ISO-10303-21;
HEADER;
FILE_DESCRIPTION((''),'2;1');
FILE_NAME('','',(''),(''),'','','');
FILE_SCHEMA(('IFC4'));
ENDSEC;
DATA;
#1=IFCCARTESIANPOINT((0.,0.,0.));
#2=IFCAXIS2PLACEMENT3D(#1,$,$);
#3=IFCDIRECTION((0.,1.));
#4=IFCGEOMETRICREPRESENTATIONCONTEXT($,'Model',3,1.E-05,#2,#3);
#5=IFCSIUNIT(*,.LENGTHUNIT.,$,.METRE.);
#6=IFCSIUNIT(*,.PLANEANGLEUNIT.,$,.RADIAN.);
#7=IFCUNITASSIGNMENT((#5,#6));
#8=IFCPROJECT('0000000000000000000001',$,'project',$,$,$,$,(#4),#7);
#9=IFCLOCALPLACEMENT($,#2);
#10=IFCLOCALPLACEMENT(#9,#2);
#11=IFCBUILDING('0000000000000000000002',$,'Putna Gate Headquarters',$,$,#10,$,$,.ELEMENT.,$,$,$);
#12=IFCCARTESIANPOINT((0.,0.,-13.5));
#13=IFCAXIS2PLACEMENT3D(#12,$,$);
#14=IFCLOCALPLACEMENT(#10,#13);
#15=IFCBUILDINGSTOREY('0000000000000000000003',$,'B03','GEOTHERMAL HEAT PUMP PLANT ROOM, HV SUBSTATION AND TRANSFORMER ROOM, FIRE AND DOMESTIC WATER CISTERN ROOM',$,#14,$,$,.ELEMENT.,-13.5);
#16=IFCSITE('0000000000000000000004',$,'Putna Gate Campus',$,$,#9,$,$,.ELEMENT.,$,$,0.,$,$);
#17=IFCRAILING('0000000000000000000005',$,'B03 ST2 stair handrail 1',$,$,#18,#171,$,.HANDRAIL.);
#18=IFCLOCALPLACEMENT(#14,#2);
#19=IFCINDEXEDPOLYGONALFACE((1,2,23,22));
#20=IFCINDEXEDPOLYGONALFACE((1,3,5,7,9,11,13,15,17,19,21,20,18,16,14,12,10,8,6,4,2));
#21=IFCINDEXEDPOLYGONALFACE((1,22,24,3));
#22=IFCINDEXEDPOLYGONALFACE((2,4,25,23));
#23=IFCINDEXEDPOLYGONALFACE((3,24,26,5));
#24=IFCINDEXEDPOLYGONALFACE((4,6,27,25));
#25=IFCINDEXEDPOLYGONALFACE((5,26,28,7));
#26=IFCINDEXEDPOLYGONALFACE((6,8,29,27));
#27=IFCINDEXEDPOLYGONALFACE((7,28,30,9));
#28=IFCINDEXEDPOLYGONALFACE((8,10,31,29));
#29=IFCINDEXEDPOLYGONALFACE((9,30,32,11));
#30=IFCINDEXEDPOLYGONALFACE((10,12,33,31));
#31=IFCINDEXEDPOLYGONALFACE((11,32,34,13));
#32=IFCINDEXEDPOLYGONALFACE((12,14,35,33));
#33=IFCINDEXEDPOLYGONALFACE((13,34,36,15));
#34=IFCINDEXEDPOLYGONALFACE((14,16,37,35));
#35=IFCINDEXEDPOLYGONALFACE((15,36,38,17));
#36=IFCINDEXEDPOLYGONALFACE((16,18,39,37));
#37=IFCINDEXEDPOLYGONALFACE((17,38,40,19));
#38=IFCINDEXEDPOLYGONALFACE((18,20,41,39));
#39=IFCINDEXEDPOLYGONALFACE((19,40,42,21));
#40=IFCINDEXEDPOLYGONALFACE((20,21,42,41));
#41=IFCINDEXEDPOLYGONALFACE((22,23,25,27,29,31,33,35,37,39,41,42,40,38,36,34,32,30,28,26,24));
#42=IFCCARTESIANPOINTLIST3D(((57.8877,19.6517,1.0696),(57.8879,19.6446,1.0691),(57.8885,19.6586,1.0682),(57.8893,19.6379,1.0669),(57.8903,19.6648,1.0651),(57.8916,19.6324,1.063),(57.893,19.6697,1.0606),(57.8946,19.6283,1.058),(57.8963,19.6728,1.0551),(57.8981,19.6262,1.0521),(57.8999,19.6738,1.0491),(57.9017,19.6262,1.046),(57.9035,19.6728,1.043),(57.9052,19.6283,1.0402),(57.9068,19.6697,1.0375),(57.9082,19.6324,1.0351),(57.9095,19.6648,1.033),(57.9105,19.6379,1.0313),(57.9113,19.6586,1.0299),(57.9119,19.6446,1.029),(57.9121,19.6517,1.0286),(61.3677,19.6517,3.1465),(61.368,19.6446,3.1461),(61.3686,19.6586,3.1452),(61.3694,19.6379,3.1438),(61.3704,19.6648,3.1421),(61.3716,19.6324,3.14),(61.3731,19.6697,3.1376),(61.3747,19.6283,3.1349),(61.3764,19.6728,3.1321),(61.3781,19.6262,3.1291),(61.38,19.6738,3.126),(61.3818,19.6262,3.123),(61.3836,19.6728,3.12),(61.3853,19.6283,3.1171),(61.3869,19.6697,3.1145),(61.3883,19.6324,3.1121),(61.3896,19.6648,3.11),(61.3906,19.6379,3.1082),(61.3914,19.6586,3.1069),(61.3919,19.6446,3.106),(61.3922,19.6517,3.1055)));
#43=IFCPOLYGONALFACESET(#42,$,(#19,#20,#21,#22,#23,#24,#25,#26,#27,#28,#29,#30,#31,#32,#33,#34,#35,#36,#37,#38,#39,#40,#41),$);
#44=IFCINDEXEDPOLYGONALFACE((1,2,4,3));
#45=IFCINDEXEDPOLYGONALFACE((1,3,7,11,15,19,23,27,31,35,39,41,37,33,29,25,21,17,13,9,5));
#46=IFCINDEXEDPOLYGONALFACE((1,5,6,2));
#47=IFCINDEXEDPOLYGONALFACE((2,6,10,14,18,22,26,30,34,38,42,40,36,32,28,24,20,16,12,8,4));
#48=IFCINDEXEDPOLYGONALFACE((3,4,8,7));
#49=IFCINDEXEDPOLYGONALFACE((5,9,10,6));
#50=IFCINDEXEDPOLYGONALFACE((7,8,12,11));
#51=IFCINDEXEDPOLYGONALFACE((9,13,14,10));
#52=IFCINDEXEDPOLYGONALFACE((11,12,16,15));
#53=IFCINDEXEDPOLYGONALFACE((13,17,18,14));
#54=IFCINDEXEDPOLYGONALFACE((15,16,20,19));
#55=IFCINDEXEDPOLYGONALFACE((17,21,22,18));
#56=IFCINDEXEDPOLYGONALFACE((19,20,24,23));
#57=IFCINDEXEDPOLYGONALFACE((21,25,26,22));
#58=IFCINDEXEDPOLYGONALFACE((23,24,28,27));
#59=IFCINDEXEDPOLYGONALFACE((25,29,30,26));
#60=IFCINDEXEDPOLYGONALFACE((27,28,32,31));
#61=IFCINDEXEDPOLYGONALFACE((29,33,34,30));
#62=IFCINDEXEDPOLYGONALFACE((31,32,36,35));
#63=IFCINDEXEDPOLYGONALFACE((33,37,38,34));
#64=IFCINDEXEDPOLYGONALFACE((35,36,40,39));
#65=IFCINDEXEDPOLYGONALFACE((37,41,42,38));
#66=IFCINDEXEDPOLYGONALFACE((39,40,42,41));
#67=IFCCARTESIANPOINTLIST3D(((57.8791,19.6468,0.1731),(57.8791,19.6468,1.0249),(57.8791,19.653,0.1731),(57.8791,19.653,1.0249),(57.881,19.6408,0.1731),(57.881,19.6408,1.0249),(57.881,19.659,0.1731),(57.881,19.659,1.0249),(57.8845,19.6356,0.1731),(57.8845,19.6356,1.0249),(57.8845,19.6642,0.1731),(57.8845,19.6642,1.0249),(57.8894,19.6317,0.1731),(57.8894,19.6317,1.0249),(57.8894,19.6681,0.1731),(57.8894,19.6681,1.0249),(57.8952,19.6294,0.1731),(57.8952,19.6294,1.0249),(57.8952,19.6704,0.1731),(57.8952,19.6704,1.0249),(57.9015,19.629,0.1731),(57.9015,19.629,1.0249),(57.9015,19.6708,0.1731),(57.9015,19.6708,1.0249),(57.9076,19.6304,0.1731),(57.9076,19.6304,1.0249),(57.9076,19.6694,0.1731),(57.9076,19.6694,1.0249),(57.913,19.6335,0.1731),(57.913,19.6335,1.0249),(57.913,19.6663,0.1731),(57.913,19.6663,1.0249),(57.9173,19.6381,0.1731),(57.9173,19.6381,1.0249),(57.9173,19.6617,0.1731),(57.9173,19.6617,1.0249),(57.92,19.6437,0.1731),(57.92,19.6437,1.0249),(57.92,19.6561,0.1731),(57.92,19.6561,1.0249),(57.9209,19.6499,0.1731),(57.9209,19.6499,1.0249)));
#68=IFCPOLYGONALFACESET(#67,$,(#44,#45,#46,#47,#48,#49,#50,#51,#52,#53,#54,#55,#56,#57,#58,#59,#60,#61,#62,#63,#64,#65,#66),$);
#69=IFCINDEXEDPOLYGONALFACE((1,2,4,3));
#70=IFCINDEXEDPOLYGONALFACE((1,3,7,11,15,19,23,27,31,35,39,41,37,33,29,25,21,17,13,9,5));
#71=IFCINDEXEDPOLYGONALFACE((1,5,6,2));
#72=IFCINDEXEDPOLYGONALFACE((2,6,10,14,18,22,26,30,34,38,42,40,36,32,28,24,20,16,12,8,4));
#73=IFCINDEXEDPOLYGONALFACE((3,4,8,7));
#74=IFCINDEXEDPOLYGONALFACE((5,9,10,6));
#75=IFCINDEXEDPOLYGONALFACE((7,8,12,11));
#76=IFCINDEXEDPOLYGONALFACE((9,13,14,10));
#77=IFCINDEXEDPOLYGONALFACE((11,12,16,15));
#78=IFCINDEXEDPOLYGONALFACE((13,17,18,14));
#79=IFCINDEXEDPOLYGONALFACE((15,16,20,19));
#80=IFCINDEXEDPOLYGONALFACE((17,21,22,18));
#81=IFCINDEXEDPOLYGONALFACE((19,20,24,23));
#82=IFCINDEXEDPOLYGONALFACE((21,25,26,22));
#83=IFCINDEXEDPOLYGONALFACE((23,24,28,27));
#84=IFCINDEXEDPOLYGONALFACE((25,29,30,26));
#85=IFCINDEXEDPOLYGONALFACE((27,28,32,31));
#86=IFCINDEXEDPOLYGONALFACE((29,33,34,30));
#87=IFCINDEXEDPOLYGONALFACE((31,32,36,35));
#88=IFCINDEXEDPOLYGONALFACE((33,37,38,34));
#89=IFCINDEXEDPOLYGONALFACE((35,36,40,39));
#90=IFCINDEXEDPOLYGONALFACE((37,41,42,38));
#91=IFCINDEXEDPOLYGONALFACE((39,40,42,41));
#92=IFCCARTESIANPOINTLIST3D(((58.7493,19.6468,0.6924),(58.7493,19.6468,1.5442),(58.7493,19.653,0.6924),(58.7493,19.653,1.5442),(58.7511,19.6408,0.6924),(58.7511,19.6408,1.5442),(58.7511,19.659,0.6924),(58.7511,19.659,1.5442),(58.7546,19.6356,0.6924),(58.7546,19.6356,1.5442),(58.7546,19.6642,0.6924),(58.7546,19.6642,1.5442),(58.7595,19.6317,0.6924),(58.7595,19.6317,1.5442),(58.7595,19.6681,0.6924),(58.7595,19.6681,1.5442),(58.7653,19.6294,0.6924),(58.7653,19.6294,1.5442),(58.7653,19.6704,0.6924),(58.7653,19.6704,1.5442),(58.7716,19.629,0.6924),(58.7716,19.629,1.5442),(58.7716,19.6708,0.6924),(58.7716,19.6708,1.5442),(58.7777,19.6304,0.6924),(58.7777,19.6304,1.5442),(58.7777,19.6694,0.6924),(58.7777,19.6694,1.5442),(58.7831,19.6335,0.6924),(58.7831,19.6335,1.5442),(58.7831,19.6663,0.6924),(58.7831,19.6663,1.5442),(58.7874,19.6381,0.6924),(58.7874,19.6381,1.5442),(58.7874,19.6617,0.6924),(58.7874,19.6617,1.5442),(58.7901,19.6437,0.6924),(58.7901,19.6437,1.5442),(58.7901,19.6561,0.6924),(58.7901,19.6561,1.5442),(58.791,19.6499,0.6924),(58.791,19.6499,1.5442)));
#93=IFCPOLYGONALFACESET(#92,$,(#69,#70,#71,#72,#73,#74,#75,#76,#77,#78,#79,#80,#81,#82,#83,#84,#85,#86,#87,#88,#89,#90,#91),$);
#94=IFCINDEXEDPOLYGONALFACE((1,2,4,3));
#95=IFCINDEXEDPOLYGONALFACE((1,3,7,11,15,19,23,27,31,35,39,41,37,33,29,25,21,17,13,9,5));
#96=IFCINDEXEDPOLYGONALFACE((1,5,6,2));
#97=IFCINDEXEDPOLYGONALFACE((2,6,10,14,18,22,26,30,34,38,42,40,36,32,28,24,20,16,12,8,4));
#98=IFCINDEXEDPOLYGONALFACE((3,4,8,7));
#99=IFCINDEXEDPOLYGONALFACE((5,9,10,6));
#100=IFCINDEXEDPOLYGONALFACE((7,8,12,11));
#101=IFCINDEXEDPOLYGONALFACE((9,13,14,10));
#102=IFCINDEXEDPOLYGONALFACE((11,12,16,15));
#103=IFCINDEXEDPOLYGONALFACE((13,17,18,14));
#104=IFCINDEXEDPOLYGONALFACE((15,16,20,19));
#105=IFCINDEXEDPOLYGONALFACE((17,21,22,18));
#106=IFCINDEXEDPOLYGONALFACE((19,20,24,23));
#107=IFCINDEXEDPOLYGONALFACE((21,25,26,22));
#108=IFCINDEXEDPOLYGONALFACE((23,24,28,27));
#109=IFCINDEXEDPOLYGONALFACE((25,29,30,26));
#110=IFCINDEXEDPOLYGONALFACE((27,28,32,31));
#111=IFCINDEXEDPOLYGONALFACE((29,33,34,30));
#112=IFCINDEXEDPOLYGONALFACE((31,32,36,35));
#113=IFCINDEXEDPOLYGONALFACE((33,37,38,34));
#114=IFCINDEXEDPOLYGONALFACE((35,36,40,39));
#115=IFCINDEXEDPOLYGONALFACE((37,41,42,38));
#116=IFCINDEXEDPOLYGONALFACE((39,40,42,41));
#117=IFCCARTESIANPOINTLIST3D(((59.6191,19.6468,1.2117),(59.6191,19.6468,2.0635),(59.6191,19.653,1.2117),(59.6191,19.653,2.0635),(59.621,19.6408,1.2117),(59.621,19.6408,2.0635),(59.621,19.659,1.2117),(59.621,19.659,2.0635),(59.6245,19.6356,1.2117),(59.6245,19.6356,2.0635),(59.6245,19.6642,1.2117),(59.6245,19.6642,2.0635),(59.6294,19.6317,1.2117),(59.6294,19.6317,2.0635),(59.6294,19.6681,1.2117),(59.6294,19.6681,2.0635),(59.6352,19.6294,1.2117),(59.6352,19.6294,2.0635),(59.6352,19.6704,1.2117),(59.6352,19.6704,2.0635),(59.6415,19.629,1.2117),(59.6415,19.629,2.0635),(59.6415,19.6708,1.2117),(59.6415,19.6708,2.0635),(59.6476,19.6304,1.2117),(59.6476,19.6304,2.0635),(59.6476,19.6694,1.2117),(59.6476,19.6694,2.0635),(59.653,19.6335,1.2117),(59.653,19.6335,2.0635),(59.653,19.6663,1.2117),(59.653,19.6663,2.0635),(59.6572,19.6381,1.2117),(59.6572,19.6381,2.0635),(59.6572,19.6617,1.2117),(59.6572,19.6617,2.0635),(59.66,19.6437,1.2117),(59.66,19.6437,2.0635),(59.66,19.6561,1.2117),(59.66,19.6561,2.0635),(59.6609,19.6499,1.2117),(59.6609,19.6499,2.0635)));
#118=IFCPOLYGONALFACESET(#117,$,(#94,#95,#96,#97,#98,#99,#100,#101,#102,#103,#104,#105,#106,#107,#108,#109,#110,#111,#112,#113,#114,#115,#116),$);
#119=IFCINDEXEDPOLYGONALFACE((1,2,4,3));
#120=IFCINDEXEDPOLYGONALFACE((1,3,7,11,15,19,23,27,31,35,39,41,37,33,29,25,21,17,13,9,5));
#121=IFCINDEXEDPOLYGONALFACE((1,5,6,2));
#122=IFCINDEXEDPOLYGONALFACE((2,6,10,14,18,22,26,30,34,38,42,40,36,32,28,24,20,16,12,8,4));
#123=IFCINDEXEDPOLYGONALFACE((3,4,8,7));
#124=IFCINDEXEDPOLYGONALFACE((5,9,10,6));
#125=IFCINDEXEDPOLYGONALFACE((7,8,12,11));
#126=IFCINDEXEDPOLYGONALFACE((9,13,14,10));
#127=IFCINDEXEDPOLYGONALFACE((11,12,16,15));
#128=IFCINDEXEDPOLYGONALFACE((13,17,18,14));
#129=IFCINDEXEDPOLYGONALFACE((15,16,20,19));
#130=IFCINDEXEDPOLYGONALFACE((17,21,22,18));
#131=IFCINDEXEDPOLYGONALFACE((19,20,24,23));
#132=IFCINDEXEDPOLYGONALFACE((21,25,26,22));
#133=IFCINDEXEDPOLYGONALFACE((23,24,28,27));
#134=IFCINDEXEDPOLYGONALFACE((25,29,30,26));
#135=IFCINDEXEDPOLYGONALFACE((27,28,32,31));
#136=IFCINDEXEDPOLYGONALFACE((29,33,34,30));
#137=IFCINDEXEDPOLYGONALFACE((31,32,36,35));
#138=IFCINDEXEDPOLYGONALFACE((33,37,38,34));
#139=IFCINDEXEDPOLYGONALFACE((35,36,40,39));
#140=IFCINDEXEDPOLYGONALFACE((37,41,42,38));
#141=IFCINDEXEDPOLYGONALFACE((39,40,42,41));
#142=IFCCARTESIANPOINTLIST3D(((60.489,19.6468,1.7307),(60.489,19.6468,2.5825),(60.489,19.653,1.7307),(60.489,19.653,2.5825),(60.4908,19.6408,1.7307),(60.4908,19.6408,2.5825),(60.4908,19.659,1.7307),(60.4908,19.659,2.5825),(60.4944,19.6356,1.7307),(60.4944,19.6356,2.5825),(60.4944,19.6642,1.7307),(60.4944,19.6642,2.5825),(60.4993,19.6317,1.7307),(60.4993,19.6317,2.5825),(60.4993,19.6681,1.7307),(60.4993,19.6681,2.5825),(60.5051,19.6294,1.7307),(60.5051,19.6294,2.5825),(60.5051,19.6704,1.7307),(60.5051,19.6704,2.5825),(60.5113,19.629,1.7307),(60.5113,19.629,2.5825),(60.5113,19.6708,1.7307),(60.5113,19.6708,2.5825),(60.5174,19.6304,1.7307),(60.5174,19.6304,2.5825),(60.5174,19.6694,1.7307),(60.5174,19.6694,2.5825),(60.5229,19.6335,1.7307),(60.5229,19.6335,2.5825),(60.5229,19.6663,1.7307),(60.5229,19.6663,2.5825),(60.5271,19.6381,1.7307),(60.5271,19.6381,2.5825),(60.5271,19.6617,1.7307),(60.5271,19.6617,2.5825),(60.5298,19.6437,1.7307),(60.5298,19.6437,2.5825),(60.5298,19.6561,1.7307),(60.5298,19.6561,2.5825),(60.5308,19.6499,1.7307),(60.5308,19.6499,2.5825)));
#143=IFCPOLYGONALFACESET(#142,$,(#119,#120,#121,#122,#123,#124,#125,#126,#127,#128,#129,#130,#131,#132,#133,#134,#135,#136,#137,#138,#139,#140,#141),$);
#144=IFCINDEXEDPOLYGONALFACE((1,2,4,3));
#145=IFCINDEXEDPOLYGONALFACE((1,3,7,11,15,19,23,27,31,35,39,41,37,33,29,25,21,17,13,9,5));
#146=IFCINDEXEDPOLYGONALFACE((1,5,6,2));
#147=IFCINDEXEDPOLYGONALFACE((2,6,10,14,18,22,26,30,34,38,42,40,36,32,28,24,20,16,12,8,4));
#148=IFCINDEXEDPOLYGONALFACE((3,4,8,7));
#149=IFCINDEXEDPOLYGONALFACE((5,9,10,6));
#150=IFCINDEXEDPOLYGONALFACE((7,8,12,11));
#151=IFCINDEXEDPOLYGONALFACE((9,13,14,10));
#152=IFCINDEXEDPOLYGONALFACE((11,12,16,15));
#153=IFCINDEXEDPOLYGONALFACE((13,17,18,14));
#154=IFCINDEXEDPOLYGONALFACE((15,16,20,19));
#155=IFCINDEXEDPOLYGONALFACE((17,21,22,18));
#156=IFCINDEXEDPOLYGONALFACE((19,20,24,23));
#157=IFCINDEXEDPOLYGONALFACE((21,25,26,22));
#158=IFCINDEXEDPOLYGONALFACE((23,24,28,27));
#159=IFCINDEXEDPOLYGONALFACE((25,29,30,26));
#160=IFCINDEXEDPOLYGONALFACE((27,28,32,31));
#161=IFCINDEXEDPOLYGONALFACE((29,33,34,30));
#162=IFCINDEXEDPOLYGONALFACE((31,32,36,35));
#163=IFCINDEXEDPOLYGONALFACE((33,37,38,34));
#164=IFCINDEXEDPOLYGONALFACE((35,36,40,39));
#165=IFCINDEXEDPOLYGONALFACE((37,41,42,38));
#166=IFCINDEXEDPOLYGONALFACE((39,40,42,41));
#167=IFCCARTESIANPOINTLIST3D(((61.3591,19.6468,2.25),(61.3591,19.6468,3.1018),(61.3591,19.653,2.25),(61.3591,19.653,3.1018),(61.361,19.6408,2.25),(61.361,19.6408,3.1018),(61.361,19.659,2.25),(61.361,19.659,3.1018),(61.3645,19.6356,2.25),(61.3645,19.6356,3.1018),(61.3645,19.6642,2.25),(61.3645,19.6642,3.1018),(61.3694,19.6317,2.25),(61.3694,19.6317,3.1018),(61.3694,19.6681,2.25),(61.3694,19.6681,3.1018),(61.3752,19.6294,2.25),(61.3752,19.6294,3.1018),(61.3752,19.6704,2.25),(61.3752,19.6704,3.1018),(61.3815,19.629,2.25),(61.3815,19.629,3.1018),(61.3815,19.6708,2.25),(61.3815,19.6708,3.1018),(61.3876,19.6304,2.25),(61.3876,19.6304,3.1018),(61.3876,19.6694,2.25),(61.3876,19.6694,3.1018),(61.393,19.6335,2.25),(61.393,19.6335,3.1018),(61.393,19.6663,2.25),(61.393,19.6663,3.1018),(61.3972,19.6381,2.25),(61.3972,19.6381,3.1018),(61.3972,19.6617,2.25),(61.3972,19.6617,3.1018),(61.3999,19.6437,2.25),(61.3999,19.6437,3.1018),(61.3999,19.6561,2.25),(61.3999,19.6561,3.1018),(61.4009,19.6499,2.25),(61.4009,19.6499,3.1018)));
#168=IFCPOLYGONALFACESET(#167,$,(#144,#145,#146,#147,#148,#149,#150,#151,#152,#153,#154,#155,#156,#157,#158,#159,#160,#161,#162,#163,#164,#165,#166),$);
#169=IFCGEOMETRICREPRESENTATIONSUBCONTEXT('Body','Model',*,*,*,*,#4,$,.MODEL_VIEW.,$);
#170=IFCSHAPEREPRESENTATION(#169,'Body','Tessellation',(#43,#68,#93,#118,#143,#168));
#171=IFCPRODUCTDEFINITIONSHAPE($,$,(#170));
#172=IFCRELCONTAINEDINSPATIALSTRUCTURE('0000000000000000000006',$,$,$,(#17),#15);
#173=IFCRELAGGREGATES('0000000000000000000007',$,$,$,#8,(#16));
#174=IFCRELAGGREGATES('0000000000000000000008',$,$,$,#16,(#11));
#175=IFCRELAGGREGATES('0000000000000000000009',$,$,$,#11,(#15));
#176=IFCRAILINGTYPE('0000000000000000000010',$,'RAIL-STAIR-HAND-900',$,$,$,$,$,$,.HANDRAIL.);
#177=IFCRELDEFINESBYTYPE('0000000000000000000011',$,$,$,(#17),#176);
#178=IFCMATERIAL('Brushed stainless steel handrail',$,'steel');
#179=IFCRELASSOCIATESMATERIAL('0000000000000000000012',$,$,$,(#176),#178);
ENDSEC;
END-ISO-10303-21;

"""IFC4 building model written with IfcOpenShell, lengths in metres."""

from ifc_helpers import new_model, si_unit, direction, frame, origin, origin_2d, place, context, subcontext, project, spatial, circle, extrude, material, type_object, element, save


model = new_model("IFC4")

# Units and contexts
model_context = context("Model", 3, precision=1e-05, world=origin(), true_north=direction((0.0, 1.0)))
body_context = subcontext(model_context, "Body", "Model", "MODEL_VIEW")
ifc_project = project(units=[si_unit("LENGTHUNIT", "METRE"), si_unit("PLANEANGLEUNIT", "RADIAN")], contexts=[model_context])

# Site, building, storey
site_placement = place(None, origin())
site = spatial("IfcSite", under=ifc_project, at=site_placement, Name="Putna Gate Campus", CompositionType="ELEMENT", RefElevation=0.0)
building_placement = place(site_placement, origin())
building = spatial("IfcBuilding", under=site, at=building_placement, Name="Putna Gate Headquarters", CompositionType="ELEMENT")
storey_placement = place(building_placement, frame((0.0, 0.0, -13.5)))
storey = spatial("IfcBuildingStorey", under=building, at=storey_placement, Name="B03", Description="GEOTHERMAL HEAT PUMP PLANT ROOM, HV SUBSTATION AND TRANSFORMER ROOM, FIRE AND DOMESTIC WATER CISTERN ROOM", CompositionType="ELEMENT", Elevation=-13.5)

# Railing
ifc_material_1 = material(Name="Brushed stainless steel handrail", Category="steel")
railing_type_1 = type_object("IfcRailingType", Name="RAIL-STAIR-HAND-900", PredefinedType="HANDRAIL", material=ifc_material_1)
railing_1_placement = place(storey_placement, frame((57.8999, 19.6499, 0.1731)))
element("IfcRailing", 1, at=railing_1_placement, inside=storey, type_object=railing_type_1, Name="B03 ST2 stair handrail 1", PredefinedType="HANDRAIL", context=body_context, shape_type="SweptSolid", body=[
    extrude(circle(Radius=0.0239, at=origin_2d()), frame((0.0, 0.0, 0.876), z_axis=(0.858697, 0.0, 0.512483), x_axis=(0.0, 1.0, 0.0)), (0.0, 0.0, 1.0), 4.0527),
    extrude(circle(Radius=0.021, at=origin_2d()), origin(), (0.0, 0.0, 1.0), 0.8518),
    extrude(circle(Radius=0.021, at=origin_2d()), frame((0.8701, 0.0, 0.5193)), (0.0, 0.0, 1.0), 0.8518),
    extrude(circle(Radius=0.021, at=origin_2d()), frame((1.74, 0.0, 1.0386)), (0.0, 0.0, 1.0), 0.8518),
    extrude(circle(Radius=0.021, at=origin_2d()), frame((2.6099, 0.0, 1.5576)), (0.0, 0.0, 1.0), 0.8518),
    extrude(circle(Radius=0.021, at=origin_2d()), frame((3.48, 0.0, 2.0769)), (0.0, 0.0, 1.0), 0.8518),
])

save(model, "model.ifc")
